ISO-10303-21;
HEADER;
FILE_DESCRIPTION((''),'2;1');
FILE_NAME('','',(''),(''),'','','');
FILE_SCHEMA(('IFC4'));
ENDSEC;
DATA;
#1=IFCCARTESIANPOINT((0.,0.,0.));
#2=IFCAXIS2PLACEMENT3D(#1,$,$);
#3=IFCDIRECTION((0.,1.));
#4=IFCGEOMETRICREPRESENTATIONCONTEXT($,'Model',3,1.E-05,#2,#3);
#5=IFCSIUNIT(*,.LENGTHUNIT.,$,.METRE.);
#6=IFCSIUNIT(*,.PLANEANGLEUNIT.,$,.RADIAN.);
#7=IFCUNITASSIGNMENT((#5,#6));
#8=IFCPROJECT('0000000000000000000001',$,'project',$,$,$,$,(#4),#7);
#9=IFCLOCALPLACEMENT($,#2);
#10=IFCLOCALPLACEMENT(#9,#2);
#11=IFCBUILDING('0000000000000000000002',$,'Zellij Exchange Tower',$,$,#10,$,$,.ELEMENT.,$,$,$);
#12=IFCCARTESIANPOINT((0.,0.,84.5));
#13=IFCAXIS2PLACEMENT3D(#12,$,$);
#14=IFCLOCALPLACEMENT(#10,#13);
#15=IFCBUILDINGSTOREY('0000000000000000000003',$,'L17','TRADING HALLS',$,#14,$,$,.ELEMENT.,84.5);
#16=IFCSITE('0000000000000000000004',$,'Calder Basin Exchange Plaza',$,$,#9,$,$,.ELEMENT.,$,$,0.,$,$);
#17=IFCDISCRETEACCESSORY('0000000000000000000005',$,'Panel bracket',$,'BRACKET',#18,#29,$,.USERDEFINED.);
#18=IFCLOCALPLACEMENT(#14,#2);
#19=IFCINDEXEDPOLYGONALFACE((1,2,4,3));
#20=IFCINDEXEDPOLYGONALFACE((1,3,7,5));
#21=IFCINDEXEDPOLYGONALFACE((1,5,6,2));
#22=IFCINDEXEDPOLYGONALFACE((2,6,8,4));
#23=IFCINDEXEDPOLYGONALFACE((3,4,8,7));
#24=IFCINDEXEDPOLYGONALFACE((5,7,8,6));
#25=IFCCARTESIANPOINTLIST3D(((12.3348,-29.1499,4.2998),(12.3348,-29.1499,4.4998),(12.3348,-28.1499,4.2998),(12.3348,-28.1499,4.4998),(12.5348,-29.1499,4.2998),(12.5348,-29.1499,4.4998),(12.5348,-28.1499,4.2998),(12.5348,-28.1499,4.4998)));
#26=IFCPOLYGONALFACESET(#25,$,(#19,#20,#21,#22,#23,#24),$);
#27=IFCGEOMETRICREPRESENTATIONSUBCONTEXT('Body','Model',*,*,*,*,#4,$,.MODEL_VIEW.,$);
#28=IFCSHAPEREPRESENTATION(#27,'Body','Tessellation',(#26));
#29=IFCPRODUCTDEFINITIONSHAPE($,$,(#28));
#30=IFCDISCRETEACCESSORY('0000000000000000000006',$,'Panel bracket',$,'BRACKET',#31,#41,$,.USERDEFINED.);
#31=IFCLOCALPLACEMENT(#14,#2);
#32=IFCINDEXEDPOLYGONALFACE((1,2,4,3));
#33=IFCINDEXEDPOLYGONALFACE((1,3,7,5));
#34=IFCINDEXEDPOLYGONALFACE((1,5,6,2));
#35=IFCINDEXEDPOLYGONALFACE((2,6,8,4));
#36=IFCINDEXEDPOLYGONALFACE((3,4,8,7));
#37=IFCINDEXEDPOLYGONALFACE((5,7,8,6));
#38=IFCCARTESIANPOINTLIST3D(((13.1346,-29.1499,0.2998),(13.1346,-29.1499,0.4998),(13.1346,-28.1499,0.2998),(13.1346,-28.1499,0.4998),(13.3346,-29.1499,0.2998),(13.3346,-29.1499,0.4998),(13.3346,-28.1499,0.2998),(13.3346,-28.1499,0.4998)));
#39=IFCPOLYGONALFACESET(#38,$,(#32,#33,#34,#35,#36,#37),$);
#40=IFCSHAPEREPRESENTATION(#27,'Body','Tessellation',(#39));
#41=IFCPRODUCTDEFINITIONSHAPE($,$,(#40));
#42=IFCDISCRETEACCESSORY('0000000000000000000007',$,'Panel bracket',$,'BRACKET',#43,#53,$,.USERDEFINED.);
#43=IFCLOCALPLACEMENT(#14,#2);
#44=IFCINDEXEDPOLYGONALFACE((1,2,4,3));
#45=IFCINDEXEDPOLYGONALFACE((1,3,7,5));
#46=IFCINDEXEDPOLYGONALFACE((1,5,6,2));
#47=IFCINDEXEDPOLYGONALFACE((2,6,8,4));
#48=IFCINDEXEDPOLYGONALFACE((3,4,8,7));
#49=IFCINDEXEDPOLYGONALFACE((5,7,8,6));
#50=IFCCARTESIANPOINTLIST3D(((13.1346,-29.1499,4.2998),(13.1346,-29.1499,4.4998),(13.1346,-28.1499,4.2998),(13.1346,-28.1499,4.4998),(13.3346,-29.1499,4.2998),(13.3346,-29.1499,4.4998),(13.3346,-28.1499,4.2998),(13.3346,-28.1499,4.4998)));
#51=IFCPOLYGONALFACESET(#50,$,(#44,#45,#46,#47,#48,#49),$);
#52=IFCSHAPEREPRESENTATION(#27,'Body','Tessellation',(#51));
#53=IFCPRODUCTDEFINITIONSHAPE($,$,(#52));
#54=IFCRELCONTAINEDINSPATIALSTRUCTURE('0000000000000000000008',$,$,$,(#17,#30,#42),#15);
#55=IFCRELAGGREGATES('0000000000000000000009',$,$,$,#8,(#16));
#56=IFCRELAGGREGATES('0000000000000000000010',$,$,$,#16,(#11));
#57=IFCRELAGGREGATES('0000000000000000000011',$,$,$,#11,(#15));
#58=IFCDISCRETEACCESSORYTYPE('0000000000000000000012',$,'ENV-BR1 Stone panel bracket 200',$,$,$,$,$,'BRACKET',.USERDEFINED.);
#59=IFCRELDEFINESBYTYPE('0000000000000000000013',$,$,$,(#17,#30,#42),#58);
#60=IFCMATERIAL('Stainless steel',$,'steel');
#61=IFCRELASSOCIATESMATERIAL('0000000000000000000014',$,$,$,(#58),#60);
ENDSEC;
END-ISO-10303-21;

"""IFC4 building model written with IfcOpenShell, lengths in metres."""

from ifc_helpers import new_model, si_unit, direction, frame, origin, origin_2d, place, context, subcontext, project, spatial, rectangle, extrude, material, type_object, element, save


model = new_model("IFC4")

# Units and contexts
model_context = context("Model", 3, precision=1e-05, world=origin(), true_north=direction((0.0, 1.0)))
body_context = subcontext(model_context, "Body", "Model", "MODEL_VIEW")
ifc_project = project(units=[si_unit("LENGTHUNIT", "METRE"), si_unit("PLANEANGLEUNIT", "RADIAN")], contexts=[model_context])

# Site, building, storey
site_placement = place(None, origin())
site = spatial("IfcSite", under=ifc_project, at=site_placement, Name="Calder Basin Exchange Plaza", CompositionType="ELEMENT", RefElevation=0.0)
building_placement = place(site_placement, origin())
building = spatial("IfcBuilding", under=site, at=building_placement, Name="Zellij Exchange Tower", CompositionType="ELEMENT")
storey_placement = place(building_placement, frame((0.0, 0.0, 84.5)))
storey = spatial("IfcBuildingStorey", under=building, at=storey_placement, Name="L17", Description="TRADING HALLS", CompositionType="ELEMENT", Elevation=84.5)

# Discrete accessories
ifc_material_1 = material(Name="Stainless steel", Category="steel")
discrete_accessory_type = type_object("IfcDiscreteAccessoryType", Name="ENV-BR1 Stone panel bracket 200", ElementType="BRACKET", PredefinedType="USERDEFINED", material=ifc_material_1)
for number, where, z_axis, x_axis, name in (
    (1, (12.4348, -28.6499, 4.2998), (0.0, 0.0, 1.0), (1.0, 0.0, 0.0), "Panel bracket"),
    (2, (13.2346, -28.6499, 0.2998), (0.0, 0.0, 1.0), (1.0, 0.0, 0.0), "Panel bracket"),
    (3, (13.2346, -28.6499, 4.2998), (0.0, 0.0, 1.0), (1.0, 0.0, 0.0), "Panel bracket"),
):
    element("IfcDiscreteAccessory", number, at=place(storey_placement, frame(where, z_axis=z_axis, x_axis=x_axis)), inside=storey, type_object=discrete_accessory_type, Name=name, ObjectType="BRACKET", PredefinedType="USERDEFINED", context=body_context, shape_type="SweptSolid", body=[
        extrude(rectangle(XDim=0.2, YDim=1.0, at=origin_2d()), origin(), (0.0, 0.0, 1.0), 0.2),
    ])

save(model, "model.ifc")
